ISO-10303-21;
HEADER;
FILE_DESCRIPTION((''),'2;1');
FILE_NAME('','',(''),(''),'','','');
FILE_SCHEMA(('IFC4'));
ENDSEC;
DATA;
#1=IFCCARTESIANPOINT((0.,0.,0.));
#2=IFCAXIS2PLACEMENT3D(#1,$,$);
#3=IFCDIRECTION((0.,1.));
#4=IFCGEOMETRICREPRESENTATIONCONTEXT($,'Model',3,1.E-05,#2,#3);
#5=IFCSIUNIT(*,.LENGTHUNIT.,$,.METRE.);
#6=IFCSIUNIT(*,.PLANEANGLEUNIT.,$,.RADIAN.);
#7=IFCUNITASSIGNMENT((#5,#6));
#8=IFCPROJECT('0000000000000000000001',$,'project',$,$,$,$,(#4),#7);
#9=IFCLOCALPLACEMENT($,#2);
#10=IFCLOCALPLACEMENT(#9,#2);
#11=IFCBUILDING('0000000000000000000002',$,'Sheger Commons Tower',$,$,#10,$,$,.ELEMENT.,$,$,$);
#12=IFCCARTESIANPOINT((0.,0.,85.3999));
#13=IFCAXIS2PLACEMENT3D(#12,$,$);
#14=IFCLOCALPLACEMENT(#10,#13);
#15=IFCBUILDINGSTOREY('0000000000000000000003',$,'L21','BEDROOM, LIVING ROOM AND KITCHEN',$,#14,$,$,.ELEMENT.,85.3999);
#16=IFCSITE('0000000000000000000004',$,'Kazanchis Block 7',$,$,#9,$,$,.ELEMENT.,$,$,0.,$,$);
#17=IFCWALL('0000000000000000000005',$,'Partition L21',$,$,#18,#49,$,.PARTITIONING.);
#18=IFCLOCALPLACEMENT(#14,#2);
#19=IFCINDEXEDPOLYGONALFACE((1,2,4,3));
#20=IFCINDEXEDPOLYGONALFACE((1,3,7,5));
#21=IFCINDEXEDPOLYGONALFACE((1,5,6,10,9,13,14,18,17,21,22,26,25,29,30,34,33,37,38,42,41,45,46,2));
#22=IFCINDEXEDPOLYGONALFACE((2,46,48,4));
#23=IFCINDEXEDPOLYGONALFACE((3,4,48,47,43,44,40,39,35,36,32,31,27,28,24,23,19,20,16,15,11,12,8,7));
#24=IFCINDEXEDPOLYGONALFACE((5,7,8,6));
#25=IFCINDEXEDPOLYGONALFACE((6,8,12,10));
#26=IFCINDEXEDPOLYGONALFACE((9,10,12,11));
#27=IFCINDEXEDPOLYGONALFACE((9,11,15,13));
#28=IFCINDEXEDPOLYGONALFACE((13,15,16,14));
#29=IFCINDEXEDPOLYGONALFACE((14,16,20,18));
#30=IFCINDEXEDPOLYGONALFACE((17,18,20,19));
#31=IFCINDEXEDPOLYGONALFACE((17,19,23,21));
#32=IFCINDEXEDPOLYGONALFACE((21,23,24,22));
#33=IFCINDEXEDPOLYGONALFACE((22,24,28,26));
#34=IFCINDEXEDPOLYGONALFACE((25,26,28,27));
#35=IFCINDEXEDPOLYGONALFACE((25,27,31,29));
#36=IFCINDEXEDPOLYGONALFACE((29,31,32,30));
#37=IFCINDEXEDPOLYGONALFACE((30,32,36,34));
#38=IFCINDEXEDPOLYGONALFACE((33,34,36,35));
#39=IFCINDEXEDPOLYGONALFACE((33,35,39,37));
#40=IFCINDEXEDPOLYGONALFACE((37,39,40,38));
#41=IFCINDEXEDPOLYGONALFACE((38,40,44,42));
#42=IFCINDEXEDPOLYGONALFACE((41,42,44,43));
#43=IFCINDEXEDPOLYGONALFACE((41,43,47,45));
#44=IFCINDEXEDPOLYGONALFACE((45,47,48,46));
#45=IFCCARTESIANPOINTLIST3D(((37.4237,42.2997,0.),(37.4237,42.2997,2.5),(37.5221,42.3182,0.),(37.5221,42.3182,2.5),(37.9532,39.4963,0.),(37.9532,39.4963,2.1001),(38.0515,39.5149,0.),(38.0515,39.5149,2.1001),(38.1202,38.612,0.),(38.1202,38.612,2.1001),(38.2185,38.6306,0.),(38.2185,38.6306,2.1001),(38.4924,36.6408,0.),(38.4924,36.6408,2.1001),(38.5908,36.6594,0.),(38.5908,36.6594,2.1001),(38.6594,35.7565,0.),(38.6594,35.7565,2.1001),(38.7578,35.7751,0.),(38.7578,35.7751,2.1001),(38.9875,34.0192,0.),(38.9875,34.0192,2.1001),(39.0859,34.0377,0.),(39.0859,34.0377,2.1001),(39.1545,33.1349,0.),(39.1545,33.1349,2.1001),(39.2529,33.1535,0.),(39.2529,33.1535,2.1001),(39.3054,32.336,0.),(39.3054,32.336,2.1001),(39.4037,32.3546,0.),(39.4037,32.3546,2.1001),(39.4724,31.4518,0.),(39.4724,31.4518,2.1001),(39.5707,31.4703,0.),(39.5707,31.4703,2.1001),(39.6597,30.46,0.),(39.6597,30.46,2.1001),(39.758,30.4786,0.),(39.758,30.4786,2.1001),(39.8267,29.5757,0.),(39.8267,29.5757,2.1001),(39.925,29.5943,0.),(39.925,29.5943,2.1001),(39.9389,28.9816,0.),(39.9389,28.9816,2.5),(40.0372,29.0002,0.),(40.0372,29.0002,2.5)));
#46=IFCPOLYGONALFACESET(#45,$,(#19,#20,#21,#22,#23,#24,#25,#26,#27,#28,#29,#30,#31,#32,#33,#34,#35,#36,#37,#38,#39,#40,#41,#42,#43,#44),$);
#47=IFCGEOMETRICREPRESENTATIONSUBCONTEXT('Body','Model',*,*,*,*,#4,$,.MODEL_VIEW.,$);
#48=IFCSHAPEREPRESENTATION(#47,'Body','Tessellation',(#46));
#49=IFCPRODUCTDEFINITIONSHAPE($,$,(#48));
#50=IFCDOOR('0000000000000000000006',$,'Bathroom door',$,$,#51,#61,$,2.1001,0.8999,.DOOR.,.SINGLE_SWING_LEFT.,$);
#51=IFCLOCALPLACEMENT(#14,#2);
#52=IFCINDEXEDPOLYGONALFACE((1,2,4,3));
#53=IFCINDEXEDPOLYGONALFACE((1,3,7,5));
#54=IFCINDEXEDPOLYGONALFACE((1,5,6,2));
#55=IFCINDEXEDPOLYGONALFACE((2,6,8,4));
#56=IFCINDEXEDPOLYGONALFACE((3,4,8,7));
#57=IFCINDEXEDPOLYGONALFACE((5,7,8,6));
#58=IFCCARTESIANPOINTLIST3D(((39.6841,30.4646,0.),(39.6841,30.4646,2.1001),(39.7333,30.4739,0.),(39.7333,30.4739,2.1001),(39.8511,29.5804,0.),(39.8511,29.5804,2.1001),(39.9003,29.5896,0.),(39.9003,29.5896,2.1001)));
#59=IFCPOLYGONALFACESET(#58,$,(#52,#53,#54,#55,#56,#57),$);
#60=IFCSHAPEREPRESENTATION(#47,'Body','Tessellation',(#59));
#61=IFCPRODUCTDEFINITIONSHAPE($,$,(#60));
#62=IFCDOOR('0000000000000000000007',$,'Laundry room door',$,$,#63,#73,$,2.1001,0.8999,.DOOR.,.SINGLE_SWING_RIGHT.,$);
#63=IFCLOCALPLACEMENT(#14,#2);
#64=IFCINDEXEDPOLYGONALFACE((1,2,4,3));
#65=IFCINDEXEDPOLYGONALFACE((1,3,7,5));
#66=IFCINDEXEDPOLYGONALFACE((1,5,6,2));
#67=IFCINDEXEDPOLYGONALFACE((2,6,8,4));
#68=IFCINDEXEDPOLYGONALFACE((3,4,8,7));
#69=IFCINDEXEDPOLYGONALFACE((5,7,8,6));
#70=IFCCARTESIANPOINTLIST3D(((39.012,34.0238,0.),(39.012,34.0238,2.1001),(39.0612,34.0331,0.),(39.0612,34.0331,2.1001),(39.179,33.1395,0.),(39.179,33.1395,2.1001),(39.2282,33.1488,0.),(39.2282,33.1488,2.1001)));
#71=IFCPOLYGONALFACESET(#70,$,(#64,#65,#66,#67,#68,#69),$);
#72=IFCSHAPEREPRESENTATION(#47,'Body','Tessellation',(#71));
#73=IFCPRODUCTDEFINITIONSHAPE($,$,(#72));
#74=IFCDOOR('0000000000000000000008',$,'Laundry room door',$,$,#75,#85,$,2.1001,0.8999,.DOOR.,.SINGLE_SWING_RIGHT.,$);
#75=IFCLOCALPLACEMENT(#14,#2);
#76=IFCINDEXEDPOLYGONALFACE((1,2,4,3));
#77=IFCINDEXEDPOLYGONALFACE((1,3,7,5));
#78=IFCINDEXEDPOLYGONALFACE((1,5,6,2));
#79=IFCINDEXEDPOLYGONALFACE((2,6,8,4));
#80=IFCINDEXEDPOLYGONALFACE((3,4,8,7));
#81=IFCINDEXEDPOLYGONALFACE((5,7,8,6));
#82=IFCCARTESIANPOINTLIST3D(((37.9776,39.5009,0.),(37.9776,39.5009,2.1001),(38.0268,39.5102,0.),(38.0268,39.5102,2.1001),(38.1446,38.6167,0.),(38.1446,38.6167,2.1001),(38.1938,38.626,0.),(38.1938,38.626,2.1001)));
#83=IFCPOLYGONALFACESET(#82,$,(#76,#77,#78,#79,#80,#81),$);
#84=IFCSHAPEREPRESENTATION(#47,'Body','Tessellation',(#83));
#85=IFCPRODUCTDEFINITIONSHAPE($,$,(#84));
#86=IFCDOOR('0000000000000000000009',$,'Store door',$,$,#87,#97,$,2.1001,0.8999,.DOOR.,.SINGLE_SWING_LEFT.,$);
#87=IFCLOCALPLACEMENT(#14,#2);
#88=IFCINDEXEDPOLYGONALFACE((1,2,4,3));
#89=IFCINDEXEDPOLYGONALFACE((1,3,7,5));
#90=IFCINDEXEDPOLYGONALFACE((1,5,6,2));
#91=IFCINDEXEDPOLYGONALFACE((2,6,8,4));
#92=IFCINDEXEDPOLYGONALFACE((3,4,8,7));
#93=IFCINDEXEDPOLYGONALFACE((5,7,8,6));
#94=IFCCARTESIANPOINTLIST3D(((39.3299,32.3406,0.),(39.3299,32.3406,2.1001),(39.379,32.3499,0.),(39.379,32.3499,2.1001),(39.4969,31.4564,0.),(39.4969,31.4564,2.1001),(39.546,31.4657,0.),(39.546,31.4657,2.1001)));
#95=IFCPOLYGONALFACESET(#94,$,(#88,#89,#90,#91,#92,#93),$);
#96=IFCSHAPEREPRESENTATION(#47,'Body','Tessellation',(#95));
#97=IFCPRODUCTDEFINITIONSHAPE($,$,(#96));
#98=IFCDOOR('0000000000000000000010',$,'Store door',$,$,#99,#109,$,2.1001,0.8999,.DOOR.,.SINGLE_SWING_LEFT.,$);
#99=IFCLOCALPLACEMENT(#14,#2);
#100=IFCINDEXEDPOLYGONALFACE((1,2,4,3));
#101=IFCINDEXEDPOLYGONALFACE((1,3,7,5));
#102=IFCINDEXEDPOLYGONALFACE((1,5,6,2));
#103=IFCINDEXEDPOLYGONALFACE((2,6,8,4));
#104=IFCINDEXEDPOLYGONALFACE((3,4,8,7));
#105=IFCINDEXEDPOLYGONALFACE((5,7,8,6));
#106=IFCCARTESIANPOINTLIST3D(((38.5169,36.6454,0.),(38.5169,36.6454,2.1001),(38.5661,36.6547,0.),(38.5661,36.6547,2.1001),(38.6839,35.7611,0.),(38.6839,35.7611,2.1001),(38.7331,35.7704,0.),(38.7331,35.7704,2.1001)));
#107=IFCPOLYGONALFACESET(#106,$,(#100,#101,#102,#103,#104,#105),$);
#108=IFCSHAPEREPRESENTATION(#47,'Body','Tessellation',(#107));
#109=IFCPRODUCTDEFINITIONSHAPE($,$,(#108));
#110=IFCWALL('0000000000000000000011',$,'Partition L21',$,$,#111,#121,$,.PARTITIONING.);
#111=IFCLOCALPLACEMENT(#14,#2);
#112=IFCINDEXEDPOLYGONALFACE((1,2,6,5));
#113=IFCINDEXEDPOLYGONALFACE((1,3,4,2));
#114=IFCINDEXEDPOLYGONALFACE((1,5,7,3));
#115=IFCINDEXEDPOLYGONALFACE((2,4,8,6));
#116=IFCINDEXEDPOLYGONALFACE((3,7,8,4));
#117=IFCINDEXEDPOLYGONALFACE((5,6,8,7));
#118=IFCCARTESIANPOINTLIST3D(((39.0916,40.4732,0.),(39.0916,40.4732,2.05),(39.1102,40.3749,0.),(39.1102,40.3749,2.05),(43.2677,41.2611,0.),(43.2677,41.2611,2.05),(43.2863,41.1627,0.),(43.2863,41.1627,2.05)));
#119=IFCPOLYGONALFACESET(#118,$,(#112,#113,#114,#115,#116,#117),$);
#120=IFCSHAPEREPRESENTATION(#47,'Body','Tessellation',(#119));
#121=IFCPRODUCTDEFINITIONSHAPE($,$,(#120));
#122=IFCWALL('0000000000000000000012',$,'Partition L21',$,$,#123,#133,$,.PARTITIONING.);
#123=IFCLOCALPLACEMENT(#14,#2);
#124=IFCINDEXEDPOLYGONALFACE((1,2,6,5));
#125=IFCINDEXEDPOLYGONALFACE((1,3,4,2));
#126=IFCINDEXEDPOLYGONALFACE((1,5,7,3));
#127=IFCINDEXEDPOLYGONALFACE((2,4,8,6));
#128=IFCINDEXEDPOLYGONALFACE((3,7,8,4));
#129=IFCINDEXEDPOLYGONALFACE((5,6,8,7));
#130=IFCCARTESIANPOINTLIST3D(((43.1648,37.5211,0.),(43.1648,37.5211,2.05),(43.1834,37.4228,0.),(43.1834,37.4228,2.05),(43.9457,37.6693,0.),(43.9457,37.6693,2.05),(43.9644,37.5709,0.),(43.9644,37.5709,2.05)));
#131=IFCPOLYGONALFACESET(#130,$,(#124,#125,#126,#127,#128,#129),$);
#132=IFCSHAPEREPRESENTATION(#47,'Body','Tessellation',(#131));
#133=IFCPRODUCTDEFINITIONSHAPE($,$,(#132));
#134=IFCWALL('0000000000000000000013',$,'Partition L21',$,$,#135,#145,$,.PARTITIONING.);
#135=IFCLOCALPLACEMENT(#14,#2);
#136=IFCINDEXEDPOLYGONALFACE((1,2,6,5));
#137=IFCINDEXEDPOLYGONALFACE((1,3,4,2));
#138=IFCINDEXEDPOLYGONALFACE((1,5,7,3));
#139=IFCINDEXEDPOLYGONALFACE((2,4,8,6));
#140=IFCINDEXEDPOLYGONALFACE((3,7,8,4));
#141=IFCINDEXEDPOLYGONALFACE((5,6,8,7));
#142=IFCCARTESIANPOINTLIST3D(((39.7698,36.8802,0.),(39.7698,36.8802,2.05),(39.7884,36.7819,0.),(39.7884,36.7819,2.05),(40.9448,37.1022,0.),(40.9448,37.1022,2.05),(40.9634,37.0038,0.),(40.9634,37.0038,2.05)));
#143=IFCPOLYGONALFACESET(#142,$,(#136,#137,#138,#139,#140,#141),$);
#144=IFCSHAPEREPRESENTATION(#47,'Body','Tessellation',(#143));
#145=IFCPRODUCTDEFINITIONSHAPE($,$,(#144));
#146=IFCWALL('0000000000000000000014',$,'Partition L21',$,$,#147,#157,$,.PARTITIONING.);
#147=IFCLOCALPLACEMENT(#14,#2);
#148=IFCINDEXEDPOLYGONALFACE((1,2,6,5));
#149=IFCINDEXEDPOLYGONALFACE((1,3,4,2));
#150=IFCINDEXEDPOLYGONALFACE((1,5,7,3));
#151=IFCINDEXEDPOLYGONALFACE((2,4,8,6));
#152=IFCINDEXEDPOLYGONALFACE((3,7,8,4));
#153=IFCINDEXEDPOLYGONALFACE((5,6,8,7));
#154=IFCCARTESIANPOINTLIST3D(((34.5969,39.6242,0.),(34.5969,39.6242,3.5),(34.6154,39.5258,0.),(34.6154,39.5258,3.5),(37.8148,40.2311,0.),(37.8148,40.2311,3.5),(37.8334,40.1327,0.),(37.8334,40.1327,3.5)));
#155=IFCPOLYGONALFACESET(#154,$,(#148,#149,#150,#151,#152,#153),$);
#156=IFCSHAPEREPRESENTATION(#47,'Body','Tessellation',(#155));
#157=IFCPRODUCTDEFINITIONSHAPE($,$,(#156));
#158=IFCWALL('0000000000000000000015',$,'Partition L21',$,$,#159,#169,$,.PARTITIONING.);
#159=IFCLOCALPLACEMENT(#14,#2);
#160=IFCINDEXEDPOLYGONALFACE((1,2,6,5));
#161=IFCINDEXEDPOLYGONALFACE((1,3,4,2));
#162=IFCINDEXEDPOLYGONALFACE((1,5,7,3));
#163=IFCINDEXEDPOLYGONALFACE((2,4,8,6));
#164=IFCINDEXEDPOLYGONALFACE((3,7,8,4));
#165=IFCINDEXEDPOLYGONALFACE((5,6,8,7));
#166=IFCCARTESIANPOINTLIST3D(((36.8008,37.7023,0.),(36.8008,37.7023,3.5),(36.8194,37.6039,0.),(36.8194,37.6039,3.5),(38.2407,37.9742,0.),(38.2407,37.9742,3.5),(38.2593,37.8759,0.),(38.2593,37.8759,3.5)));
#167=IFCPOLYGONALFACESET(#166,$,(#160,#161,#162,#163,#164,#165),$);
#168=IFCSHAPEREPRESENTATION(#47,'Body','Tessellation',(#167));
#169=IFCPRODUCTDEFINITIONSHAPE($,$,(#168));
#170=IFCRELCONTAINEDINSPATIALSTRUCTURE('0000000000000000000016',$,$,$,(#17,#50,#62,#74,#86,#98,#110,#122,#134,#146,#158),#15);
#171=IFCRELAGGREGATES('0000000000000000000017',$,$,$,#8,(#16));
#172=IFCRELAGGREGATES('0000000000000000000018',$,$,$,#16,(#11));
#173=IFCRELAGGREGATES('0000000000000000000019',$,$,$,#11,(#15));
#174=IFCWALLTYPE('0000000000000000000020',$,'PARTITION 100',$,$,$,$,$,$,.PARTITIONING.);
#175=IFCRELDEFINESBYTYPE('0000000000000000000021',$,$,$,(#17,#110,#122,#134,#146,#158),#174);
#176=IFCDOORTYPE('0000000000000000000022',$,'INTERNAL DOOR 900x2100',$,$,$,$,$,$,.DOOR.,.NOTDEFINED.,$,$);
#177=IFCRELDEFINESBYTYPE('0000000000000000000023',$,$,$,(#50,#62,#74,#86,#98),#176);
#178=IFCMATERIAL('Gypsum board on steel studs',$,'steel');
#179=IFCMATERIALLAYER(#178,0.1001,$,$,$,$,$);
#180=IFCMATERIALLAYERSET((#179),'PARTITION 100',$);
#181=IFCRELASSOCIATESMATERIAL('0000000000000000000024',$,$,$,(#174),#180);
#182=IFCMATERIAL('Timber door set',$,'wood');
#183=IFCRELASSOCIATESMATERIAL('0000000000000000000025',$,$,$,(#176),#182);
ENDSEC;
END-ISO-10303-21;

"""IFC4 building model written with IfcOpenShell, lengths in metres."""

from ifc_helpers import new_model, si_unit, direction, frame, frame_2d, origin, place, context, subcontext, project, spatial, rectangle, extrude, material, layer, layer_set, type_object, element, fill, save


model = new_model("IFC4")

# Units and contexts
model_context = context("Model", 3, precision=1e-05, world=origin(), true_north=direction((0.0, 1.0)))
body_context = subcontext(model_context, "Body", "Model", "MODEL_VIEW")
ifc_project = project(units=[si_unit("LENGTHUNIT", "METRE"), si_unit("PLANEANGLEUNIT", "RADIAN")], contexts=[model_context])

# Site, building, storey
site_placement = place(None, origin())
site = spatial("IfcSite", under=ifc_project, at=site_placement, Name="Kazanchis Block 7", CompositionType="ELEMENT", RefElevation=0.0)
building_placement = place(site_placement, origin())
building = spatial("IfcBuilding", under=site, at=building_placement, Name="Sheger Commons Tower", CompositionType="ELEMENT")
storey_placement = place(building_placement, frame((0.0, 0.0, 85.3999)))
storey = spatial("IfcBuildingStorey", under=building, at=storey_placement, Name="L21", Description="BEDROOM, LIVING ROOM AND KITCHEN", CompositionType="ELEMENT", Elevation=85.3999)

# Shared definitions
ifc_material_1 = material(Name="Gypsum board on steel studs", Category="steel")
ifc_layer_1 = layer(ifc_material_1, 0.1001)
ifc_layer_set_1 = layer_set([ifc_layer_1], Name="PARTITION 100")
wall_type = type_object("IfcWallType", Name="PARTITION 100", PredefinedType="PARTITIONING", material=ifc_layer_set_1)

# Wall, openings, doors
ifc_material_2 = material(Name="Timber door set", Category="wood")
door_type = type_object("IfcDoorType", Name="INTERNAL DOOR 900x2100", OperationType="NOTDEFINED", PredefinedType="DOOR", material=ifc_material_2)
wall_1_placement = place(storey_placement, frame((37.4729, 42.3091, 0.0), z_axis=(0.0, 0.0, 1.0), x_axis=(0.185571, -0.982631, 0.0)))
wall_1 = element("IfcWall", 1, at=wall_1_placement, inside=storey, type_object=wall_type, Name="Partition L21", PredefinedType="PARTITIONING", context=body_context, shape_type="SweptSolid", body=[
    extrude(rectangle(XDim=13.5535, YDim=0.1001, at=frame_2d((6.7769, 0.0))), origin(), (0.0, 0.0, 1.0), 2.5),
])
opening_1_placement = place(wall_1_placement, frame((12.0491, 0.0, 0.0)))
opening_1 = element("IfcOpeningElement", 2, at=opening_1_placement, cuts=wall_1, PredefinedType="OPENING", context=body_context, shape_type="SweptSolid", body=[
    extrude(rectangle(XDim=0.8999, YDim=2.1001, at=frame_2d((0.45, 1.05))), frame((0.0, 0.0601, 0.0), z_axis=(0.0, -1.0, 0.0), x_axis=(1.0, 0.0, 0.0)), (0.0, 0.0, 1.0), 0.1201),
])
opening_2_placement = place(wall_1_placement, frame((8.427, 0.0, 0.0)))
opening_2 = element("IfcOpeningElement", 3, at=opening_2_placement, cuts=wall_1, PredefinedType="OPENING", context=body_context, shape_type="SweptSolid", body=[
    extrude(rectangle(XDim=0.8999, YDim=2.1001, at=frame_2d((0.45, 1.05))), frame((0.0, 0.0601, 0.0), z_axis=(0.0, -1.0, 0.0), x_axis=(1.0, 0.0, 0.0)), (0.0, 0.0, 1.0), 0.1201),
])
opening_3_placement = place(wall_1_placement, frame((2.853, 0.0, 0.0)))
opening_3 = element("IfcOpeningElement", 4, at=opening_3_placement, cuts=wall_1, PredefinedType="OPENING", context=body_context, shape_type="SweptSolid", body=[
    extrude(rectangle(XDim=0.8999, YDim=2.1001, at=frame_2d((0.45, 1.05))), frame((0.0, 0.0601, 0.0), z_axis=(0.0, -1.0, 0.0), x_axis=(1.0, 0.0, 0.0)), (0.0, 0.0, 1.0), 0.1201),
])
opening_4_placement = place(wall_1_placement, frame((10.1399, 0.0, 0.0)))
opening_4 = element("IfcOpeningElement", 5, at=opening_4_placement, cuts=wall_1, PredefinedType="OPENING", context=body_context, shape_type="SweptSolid", body=[
    extrude(rectangle(XDim=0.8999, YDim=2.1001, at=frame_2d((0.45, 1.05))), frame((0.0, 0.0601, 0.0), z_axis=(0.0, -1.0, 0.0), x_axis=(1.0, 0.0, 0.0)), (0.0, 0.0, 1.0), 0.1201),
])
opening_5_placement = place(wall_1_placement, frame((5.759, 0.0, 0.0)))
opening_5 = element("IfcOpeningElement", 6, at=opening_5_placement, cuts=wall_1, PredefinedType="OPENING", context=body_context, shape_type="SweptSolid", body=[
    extrude(rectangle(XDim=0.8999, YDim=2.1001, at=frame_2d((0.45, 1.05))), frame((0.0, 0.0601, 0.0), z_axis=(0.0, -1.0, 0.0), x_axis=(1.0, 0.0, 0.0)), (0.0, 0.0, 1.0), 0.1201),
])
door_1_placement = place(opening_1_placement, origin())
door_1 = element("IfcDoor", 7, at=door_1_placement, inside=storey, type_object=door_type, Name="Bathroom door", OperationType="SINGLE_SWING_LEFT", OverallHeight=2.1001, OverallWidth=0.8999, PredefinedType="DOOR", context=body_context, shape_type="SweptSolid", body=[
    extrude(rectangle(XDim=0.8999, YDim=2.1001, at=frame_2d((0.45, 1.05))), frame((0.0, 0.0249, 0.0), z_axis=(0.0, -1.0, 0.0), x_axis=(1.0, 0.0, 0.0)), (0.0, 0.0, 1.0), 0.05),
])
fill(opening_1, door_1)
door_2_placement = place(opening_2_placement, origin())
door_2 = element("IfcDoor", 8, at=door_2_placement, inside=storey, type_object=door_type, Name="Laundry room door", OperationType="SINGLE_SWING_RIGHT", OverallHeight=2.1001, OverallWidth=0.8999, PredefinedType="DOOR", context=body_context, shape_type="SweptSolid", body=[
    extrude(rectangle(XDim=0.8999, YDim=2.1001, at=frame_2d((0.45, 1.05))), frame((0.0, 0.0249, 0.0), z_axis=(0.0, -1.0, 0.0), x_axis=(1.0, 0.0, 0.0)), (0.0, 0.0, 1.0), 0.05),
])
fill(opening_2, door_2)
door_3_placement = place(opening_3_placement, origin())
door_3 = element("IfcDoor", 9, at=door_3_placement, inside=storey, type_object=door_type, Name="Laundry room door", OperationType="SINGLE_SWING_RIGHT", OverallHeight=2.1001, OverallWidth=0.8999, PredefinedType="DOOR", context=body_context, shape_type="SweptSolid", body=[
    extrude(rectangle(XDim=0.8999, YDim=2.1001, at=frame_2d((0.45, 1.05))), frame((0.0, 0.0249, 0.0), z_axis=(0.0, -1.0, 0.0), x_axis=(1.0, 0.0, 0.0)), (0.0, 0.0, 1.0), 0.05),
])
fill(opening_3, door_3)
door_4_placement = place(opening_4_placement, origin())
door_4 = element("IfcDoor", 10, at=door_4_placement, inside=storey, type_object=door_type, Name="Store door", OperationType="SINGLE_SWING_LEFT", OverallHeight=2.1001, OverallWidth=0.8999, PredefinedType="DOOR", context=body_context, shape_type="SweptSolid", body=[
    extrude(rectangle(XDim=0.8999, YDim=2.1001, at=frame_2d((0.45, 1.05))), frame((0.0, 0.0249, 0.0), z_axis=(0.0, -1.0, 0.0), x_axis=(1.0, 0.0, 0.0)), (0.0, 0.0, 1.0), 0.05),
])
fill(opening_4, door_4)
door_5_placement = place(opening_5_placement, origin())
door_5 = element("IfcDoor", 11, at=door_5_placement, inside=storey, type_object=door_type, Name="Store door", OperationType="SINGLE_SWING_LEFT", OverallHeight=2.1001, OverallWidth=0.8999, PredefinedType="DOOR", context=body_context, shape_type="SweptSolid", body=[
    extrude(rectangle(XDim=0.8999, YDim=2.1001, at=frame_2d((0.45, 1.05))), frame((0.0, 0.0249, 0.0), z_axis=(0.0, -1.0, 0.0), x_axis=(1.0, 0.0, 0.0)), (0.0, 0.0, 1.0), 0.05),
])
fill(opening_5, door_5)

# Walls
wall_2_placement = place(storey_placement, frame((43.2771, 41.2119, 0.0), z_axis=(0.0, 0.0, 1.0), x_axis=(-0.982665, -0.185388, 0.0)))
element("IfcWall", 12, at=wall_2_placement, inside=storey, type_object=wall_type, Name="Partition L21", PredefinedType="PARTITIONING", context=body_context, shape_type="SweptSolid", body=[
    extrude(rectangle(XDim=4.2498, YDim=0.1001, at=frame_2d((2.125, 0.0))), origin(), (0.0, 0.0, 1.0), 2.05),
])
wall_3_placement = place(storey_placement, frame((43.9551, 37.6201, 0.0), z_axis=(0.0, 0.0, 1.0), x_axis=(-0.98247, -0.186421, 0.0)))
element("IfcWall", 13, at=wall_3_placement, inside=storey, type_object=wall_type, Name="Partition L21", PredefinedType="PARTITIONING", context=body_context, shape_type="SweptSolid", body=[
    extrude(rectangle(XDim=0.7949, YDim=0.1001, at=frame_2d((0.3975, 0.0))), origin(), (0.0, 0.0, 1.0), 2.05),
])
wall_4_placement = place(storey_placement, frame((40.9541, 37.053, 0.0), z_axis=(0.0, 0.0, 1.0), x_axis=(-0.982629, -0.185583, 0.0)))
element("IfcWall", 14, at=wall_4_placement, inside=storey, type_object=wall_type, Name="Partition L21", PredefinedType="PARTITIONING", context=body_context, shape_type="SweptSolid", body=[
    extrude(rectangle(XDim=1.1958, YDim=0.1001, at=frame_2d((0.5979, 0.0))), origin(), (0.0, 0.0, 1.0), 2.05),
])
wall_5_placement = place(storey_placement, frame((37.824, 40.1819, 0.0), z_axis=(0.0, 0.0, 1.0), x_axis=(-0.982675, -0.185337, 0.0)))
element("IfcWall", 15, at=wall_5_placement, inside=storey, type_object=wall_type, Name="Partition L21", PredefinedType="PARTITIONING", context=body_context, shape_type="SweptSolid", body=[
    extrude(rectangle(XDim=3.2747, YDim=0.1001, at=frame_2d((1.6372, 0.0))), origin(), (0.0, 0.0, 1.0), 3.5),
])
wall_6_placement = place(storey_placement, frame((38.25, 37.925, 0.0), z_axis=(0.0, 0.0, 1.0), x_axis=(-0.982626, -0.185596, 0.0)))
element("IfcWall", 16, at=wall_6_placement, inside=storey, type_object=wall_type, Name="Partition L21", PredefinedType="PARTITIONING", context=body_context, shape_type="SweptSolid", body=[
    extrude(rectangle(XDim=1.4653, YDim=0.1001, at=frame_2d((0.7327, 0.0))), origin(), (0.0, 0.0, 1.0), 3.5),
])

save(model, "model.ifc")
